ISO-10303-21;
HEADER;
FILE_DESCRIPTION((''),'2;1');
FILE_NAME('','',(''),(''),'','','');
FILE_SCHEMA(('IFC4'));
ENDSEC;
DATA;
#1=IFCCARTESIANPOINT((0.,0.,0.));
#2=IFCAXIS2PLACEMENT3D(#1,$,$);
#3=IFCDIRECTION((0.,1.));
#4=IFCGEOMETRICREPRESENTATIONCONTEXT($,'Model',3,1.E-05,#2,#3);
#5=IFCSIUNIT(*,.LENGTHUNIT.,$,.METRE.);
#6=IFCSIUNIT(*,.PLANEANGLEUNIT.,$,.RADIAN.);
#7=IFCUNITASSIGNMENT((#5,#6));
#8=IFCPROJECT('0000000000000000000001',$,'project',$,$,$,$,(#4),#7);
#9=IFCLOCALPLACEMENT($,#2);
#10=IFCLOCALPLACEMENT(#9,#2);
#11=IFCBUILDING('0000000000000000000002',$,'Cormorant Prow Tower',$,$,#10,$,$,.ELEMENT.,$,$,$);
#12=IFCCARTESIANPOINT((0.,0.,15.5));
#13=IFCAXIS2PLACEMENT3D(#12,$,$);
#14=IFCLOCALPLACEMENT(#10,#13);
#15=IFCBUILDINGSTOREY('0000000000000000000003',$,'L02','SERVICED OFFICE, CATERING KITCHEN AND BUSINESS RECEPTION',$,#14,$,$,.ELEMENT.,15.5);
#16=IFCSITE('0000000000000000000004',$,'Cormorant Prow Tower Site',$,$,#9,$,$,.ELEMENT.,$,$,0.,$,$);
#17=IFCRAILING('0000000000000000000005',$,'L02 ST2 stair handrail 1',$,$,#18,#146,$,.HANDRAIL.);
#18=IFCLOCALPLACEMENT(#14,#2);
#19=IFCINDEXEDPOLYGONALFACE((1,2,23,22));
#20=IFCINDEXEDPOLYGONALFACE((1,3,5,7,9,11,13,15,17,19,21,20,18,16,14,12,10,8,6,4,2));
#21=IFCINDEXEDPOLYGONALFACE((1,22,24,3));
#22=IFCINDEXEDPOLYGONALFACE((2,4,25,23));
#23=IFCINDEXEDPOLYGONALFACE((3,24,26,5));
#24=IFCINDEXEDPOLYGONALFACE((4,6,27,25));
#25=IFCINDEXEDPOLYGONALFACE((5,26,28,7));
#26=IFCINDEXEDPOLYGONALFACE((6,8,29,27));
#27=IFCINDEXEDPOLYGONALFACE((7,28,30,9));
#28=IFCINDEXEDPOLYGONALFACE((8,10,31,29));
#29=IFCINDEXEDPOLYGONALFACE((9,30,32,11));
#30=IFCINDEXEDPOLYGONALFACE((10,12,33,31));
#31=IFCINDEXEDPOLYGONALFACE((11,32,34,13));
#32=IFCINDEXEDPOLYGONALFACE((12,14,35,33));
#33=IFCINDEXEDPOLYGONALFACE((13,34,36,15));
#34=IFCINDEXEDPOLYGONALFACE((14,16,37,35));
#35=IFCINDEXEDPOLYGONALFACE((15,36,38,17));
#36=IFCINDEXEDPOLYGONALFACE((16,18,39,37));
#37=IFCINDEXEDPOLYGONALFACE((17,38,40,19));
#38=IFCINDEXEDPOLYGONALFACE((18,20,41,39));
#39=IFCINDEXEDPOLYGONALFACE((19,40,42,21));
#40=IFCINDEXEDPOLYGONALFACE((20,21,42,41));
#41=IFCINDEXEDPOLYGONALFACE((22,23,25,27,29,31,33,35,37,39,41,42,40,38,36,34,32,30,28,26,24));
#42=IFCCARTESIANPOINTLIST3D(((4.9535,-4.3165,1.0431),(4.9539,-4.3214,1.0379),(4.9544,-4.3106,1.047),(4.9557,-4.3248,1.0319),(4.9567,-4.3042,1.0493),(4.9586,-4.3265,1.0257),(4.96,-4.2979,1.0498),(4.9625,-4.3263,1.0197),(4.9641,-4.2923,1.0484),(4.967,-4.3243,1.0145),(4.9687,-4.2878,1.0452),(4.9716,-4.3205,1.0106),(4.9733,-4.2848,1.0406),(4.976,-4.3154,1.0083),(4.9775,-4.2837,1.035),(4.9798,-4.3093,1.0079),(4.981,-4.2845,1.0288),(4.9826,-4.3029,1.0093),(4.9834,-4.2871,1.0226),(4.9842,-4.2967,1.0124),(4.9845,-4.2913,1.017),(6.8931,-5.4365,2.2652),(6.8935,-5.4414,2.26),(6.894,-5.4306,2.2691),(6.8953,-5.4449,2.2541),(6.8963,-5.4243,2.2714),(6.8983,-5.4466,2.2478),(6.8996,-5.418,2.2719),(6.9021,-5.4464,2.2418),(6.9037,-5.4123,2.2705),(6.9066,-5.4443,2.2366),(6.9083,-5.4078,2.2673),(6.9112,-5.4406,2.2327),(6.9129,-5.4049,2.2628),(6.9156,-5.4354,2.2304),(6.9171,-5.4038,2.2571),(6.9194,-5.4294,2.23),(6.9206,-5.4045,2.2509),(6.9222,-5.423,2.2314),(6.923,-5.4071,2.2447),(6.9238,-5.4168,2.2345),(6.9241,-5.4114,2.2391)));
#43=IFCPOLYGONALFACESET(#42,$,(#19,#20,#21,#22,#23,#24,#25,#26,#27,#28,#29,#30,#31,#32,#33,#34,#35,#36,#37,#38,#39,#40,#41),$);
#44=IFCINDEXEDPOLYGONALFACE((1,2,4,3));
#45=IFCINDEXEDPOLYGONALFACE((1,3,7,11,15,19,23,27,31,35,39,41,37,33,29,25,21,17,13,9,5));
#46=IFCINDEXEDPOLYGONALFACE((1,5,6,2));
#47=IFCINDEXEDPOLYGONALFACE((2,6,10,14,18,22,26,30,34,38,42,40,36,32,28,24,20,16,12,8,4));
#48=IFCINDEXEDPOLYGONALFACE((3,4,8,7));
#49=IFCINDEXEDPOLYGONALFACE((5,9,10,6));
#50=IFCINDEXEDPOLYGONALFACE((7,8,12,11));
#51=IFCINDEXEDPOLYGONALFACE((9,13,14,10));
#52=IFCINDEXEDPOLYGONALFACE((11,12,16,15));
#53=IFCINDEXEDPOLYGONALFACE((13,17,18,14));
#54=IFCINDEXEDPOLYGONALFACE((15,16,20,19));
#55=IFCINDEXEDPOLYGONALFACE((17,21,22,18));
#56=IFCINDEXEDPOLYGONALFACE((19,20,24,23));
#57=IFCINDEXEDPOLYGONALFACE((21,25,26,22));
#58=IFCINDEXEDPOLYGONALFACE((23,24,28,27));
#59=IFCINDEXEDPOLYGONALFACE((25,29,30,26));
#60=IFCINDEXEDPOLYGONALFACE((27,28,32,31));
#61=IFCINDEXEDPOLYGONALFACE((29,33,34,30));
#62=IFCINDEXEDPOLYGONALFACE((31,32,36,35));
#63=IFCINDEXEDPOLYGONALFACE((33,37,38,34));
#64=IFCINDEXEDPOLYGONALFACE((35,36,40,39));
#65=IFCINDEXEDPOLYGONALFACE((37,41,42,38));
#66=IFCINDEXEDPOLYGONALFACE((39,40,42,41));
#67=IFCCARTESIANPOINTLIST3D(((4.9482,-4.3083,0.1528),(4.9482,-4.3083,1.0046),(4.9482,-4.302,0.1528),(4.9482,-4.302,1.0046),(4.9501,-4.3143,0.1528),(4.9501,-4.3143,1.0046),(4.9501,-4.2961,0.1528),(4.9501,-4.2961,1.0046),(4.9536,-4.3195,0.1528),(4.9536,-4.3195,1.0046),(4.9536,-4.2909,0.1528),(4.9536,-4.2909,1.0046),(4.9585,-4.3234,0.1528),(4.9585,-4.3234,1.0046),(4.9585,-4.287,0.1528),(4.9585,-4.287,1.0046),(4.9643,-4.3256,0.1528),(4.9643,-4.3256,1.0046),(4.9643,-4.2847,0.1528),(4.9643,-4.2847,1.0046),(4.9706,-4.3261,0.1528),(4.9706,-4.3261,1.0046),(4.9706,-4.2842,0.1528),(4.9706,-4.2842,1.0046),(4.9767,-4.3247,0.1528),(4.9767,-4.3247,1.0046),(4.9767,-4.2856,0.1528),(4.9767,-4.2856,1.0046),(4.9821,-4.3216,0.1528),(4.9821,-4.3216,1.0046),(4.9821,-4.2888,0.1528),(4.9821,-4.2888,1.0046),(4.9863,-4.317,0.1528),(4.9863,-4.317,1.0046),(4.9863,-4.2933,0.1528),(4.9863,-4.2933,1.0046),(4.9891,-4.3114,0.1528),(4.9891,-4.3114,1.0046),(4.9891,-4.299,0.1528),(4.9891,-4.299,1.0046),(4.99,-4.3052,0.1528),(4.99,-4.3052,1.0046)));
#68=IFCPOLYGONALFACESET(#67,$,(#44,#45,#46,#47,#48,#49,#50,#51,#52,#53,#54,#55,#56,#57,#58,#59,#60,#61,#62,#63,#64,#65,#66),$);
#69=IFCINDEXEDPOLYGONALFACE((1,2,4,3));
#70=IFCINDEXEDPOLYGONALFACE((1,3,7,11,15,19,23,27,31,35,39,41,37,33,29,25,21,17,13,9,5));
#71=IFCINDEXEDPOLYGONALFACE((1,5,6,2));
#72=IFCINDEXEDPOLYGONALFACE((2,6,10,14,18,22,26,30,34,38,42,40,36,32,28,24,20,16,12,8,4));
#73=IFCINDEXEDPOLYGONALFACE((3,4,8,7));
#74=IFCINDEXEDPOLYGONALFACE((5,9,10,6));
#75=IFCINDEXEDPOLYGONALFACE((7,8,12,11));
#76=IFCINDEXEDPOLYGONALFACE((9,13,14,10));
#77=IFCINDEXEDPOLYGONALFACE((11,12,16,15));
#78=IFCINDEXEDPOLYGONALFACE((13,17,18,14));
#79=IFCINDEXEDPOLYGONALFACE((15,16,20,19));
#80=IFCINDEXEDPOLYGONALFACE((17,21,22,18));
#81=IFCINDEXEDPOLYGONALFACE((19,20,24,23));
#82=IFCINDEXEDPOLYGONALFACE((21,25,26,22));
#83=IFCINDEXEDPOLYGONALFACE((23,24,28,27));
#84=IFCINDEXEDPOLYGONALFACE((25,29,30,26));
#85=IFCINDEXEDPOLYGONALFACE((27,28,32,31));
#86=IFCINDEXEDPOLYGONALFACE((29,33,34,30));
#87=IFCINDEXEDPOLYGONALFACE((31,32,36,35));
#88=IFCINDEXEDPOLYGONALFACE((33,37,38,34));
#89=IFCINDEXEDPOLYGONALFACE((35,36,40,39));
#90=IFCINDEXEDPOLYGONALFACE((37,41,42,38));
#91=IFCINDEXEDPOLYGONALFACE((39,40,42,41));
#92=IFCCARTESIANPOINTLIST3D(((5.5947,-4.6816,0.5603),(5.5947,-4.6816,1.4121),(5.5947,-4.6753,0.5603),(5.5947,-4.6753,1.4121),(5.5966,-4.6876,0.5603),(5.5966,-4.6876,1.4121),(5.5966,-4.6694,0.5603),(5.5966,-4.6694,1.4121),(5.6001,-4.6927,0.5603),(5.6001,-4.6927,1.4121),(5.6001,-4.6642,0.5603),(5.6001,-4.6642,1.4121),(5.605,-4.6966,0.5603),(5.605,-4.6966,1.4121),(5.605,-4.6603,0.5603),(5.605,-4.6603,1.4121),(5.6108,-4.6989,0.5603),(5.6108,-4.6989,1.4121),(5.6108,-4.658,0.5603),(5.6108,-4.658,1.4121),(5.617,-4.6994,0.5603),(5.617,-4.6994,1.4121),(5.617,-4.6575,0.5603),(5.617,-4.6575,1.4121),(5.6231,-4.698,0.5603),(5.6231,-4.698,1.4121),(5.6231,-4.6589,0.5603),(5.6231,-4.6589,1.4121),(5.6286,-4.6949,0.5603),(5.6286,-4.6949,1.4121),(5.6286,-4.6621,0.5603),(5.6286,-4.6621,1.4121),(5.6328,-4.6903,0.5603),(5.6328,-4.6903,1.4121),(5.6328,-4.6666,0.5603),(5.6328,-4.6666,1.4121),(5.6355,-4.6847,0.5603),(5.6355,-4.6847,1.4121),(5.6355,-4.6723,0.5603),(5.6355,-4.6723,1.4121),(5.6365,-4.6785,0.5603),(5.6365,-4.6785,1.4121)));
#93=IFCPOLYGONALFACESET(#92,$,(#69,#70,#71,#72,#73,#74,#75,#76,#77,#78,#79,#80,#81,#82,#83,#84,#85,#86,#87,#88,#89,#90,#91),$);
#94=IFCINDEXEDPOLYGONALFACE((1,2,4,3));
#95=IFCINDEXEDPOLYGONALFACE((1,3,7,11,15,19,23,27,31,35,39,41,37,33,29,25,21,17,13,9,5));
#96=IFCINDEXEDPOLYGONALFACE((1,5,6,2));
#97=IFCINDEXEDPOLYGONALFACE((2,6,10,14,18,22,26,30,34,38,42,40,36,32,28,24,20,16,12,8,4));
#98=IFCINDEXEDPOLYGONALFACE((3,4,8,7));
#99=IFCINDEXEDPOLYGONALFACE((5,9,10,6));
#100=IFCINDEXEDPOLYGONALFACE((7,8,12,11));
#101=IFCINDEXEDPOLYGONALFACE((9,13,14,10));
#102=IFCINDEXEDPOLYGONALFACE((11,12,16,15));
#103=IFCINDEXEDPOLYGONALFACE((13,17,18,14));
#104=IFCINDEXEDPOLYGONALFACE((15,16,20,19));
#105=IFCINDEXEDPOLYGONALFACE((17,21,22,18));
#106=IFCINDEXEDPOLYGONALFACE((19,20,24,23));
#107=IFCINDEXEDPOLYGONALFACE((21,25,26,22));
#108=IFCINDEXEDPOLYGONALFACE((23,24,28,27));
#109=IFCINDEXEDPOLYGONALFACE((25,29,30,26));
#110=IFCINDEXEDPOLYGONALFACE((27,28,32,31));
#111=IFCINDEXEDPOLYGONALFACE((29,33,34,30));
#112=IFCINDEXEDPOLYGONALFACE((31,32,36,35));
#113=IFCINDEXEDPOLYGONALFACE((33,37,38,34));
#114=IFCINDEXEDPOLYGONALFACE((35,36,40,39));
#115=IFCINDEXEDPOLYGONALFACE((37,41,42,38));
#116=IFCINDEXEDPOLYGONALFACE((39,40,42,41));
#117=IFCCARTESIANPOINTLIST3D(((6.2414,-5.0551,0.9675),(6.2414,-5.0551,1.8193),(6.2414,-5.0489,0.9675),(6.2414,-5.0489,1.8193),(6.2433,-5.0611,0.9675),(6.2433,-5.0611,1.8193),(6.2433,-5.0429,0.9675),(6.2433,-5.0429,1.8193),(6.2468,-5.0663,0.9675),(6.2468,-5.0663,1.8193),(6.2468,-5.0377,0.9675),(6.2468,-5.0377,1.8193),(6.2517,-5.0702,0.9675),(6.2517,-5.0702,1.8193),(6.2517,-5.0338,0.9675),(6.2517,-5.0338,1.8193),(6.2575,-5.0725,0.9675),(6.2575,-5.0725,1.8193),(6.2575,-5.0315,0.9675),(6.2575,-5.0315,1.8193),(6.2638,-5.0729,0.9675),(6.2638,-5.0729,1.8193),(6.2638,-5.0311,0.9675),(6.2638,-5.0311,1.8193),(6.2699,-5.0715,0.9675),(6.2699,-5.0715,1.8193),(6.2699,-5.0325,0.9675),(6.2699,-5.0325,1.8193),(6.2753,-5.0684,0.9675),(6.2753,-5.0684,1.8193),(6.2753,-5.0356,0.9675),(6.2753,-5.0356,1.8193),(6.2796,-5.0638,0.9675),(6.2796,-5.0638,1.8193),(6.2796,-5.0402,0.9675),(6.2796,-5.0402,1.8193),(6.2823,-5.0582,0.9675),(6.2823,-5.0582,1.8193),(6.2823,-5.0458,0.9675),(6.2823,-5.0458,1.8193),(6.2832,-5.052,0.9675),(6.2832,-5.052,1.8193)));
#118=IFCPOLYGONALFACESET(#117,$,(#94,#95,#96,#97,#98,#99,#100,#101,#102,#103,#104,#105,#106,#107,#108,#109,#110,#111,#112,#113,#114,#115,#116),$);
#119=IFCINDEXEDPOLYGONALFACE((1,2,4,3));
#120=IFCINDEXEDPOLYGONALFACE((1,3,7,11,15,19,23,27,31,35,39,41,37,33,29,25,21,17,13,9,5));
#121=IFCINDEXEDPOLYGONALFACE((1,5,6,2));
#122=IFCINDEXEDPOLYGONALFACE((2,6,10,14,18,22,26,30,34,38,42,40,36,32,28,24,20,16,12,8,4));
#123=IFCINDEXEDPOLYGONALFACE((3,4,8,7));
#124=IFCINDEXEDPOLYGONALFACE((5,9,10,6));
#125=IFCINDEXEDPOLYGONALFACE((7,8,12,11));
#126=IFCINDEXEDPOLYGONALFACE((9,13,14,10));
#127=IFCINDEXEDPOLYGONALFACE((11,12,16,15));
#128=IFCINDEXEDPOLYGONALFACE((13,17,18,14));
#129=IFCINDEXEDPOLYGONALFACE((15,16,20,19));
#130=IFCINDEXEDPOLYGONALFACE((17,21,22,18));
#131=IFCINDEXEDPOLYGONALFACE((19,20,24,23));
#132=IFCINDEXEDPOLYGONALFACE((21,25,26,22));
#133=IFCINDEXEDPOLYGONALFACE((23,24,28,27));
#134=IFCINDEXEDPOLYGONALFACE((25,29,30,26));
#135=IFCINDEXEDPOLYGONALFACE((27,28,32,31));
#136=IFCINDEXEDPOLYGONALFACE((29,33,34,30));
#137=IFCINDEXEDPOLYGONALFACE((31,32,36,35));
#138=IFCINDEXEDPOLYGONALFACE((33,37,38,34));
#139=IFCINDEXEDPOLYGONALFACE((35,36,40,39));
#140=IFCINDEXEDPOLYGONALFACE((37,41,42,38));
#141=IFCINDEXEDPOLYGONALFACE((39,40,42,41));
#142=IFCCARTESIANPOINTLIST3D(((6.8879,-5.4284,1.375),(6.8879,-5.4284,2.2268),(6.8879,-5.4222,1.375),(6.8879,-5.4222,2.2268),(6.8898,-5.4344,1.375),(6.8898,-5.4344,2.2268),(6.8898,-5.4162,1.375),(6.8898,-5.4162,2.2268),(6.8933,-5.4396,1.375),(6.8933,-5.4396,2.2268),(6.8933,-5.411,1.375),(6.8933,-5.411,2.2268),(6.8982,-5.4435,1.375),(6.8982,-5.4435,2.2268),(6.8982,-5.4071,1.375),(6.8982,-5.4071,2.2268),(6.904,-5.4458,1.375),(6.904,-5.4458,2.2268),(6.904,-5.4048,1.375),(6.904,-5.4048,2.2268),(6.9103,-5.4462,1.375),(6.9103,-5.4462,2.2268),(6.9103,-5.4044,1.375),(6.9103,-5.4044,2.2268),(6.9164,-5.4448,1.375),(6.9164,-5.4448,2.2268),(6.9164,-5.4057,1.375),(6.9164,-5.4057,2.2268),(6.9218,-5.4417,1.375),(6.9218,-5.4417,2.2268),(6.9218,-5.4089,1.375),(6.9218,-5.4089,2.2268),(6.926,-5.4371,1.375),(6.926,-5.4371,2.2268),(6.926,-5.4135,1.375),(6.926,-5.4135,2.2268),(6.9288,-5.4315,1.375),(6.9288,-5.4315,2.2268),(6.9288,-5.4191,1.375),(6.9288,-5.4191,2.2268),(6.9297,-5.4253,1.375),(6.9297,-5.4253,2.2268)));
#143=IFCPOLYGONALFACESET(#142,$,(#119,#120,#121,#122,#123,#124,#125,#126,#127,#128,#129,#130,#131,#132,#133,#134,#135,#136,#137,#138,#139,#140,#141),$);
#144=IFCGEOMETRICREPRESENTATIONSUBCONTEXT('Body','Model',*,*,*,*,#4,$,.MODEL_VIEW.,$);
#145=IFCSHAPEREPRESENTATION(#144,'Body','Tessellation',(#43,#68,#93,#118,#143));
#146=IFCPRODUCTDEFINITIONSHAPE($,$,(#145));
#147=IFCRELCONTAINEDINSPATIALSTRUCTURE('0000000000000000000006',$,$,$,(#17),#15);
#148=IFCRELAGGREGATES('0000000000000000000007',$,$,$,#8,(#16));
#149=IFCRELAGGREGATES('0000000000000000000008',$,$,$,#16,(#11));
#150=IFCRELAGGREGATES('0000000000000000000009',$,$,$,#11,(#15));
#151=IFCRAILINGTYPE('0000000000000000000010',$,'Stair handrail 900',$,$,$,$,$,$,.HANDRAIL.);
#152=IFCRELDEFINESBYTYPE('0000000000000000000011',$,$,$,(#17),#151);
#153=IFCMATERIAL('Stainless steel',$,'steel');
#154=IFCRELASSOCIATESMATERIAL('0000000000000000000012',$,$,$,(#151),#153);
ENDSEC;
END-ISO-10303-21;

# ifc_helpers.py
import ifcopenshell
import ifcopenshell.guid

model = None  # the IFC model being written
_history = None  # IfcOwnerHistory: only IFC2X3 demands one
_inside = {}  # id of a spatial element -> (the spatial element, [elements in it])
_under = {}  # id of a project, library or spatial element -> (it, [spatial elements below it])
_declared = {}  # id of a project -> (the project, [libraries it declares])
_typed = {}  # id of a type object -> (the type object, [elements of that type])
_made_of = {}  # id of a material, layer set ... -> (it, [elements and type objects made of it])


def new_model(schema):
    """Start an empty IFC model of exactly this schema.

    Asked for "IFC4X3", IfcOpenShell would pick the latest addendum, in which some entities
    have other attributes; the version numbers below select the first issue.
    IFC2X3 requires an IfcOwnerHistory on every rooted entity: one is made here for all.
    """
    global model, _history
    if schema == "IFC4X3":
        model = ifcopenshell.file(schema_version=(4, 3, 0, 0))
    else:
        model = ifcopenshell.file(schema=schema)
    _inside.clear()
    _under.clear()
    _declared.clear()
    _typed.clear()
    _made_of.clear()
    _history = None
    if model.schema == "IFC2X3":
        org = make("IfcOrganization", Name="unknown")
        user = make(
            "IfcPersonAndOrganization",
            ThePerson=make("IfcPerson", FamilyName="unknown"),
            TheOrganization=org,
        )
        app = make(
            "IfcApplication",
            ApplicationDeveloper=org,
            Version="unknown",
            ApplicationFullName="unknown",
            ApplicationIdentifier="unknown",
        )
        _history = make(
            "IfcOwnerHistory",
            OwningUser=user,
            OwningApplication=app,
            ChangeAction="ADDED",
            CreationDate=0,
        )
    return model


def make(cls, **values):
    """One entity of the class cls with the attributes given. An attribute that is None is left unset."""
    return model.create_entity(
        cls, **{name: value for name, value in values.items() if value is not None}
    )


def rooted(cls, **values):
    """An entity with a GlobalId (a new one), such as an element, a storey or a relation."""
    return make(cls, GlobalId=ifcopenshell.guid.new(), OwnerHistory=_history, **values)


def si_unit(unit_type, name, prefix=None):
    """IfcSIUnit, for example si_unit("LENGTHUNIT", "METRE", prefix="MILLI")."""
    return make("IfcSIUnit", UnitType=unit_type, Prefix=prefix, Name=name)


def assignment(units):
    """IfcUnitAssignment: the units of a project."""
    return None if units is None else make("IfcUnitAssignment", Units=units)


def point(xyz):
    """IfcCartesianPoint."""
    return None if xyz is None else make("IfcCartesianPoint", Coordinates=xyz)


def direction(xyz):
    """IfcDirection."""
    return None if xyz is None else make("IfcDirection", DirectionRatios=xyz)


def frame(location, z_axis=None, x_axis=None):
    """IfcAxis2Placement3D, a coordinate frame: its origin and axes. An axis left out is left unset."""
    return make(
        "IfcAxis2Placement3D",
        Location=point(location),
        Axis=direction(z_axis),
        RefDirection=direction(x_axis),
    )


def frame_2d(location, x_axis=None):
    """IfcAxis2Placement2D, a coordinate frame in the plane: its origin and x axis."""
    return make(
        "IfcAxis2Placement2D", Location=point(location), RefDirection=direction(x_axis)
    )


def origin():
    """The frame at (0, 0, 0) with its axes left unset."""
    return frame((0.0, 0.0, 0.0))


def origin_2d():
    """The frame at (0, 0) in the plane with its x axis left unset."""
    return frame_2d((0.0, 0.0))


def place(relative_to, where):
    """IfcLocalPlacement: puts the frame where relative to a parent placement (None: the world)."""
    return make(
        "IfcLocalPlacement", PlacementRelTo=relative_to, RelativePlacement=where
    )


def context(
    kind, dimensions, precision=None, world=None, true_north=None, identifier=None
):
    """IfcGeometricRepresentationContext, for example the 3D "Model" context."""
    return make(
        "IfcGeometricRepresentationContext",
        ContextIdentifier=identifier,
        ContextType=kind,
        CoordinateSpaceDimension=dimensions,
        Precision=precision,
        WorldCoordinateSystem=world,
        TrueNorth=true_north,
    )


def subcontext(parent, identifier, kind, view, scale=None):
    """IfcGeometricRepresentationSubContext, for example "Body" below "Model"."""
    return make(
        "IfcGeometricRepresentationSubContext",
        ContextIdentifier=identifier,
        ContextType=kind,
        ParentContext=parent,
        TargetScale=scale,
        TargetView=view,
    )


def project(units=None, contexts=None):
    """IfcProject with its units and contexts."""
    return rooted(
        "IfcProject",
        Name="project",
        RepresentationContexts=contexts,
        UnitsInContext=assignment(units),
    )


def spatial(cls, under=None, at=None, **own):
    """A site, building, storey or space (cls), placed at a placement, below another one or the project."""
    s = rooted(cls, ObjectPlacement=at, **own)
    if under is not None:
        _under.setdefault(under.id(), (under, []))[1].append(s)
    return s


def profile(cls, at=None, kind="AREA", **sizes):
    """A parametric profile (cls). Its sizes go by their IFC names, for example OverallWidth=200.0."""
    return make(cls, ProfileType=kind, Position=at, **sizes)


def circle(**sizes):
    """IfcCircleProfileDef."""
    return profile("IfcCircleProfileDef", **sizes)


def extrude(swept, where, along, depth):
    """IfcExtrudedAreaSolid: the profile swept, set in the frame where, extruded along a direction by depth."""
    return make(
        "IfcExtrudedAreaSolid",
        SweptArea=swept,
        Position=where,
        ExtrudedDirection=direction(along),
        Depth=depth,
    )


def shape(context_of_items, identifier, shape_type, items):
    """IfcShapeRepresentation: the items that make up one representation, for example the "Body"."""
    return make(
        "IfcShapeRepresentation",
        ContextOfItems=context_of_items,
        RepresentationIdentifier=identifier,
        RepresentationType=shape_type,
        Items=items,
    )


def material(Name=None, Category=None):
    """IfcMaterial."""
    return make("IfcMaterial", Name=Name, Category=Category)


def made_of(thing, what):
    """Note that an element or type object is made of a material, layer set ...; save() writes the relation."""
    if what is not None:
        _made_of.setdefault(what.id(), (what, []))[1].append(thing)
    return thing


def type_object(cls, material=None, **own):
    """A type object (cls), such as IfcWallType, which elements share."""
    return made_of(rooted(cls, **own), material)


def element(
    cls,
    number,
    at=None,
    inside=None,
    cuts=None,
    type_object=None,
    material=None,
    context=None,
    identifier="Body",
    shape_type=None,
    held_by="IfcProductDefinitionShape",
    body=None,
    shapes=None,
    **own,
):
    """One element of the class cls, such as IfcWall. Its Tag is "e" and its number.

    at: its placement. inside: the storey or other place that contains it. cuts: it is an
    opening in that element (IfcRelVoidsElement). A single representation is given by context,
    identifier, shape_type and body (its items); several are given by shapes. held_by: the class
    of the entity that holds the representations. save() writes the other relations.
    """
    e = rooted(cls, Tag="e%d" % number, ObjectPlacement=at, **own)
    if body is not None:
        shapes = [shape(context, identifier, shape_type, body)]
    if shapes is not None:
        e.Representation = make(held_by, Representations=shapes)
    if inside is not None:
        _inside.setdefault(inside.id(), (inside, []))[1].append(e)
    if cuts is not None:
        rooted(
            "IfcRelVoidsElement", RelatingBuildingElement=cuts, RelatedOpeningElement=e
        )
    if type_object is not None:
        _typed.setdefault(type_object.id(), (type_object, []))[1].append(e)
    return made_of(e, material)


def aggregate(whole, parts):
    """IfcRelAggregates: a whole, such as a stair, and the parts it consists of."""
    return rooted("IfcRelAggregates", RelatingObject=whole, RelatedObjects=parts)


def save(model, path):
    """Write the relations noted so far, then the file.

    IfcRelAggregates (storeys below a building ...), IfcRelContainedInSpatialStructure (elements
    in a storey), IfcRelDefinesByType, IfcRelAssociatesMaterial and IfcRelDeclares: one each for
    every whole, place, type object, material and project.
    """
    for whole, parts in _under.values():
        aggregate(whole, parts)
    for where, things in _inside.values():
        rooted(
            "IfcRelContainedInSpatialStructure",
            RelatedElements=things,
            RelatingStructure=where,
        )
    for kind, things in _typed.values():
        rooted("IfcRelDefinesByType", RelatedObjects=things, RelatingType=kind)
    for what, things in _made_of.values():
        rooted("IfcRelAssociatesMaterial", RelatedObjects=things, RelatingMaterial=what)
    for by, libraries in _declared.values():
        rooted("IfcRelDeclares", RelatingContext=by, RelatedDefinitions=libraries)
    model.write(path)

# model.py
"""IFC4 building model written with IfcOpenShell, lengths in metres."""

from ifc_helpers import new_model, si_unit, direction, frame, origin, origin_2d, place, context, subcontext, project, spatial, circle, extrude, material, type_object, element, save


model = new_model("IFC4")

# Units and contexts
model_context = context("Model", 3, precision=1e-05, world=origin(), true_north=direction((0.0, 1.0)))
body_context = subcontext(model_context, "Body", "Model", "MODEL_VIEW")
ifc_project = project(units=[si_unit("LENGTHUNIT", "METRE"), si_unit("PLANEANGLEUNIT", "RADIAN")], contexts=[model_context])

# Site, building, storey
site_placement = place(None, origin())
site = spatial("IfcSite", under=ifc_project, at=site_placement, Name="Cormorant Prow Tower Site", CompositionType="ELEMENT", RefElevation=0.0)
building_placement = place(site_placement, origin())
building = spatial("IfcBuilding", under=site, at=building_placement, Name="Cormorant Prow Tower", CompositionType="ELEMENT")
storey_placement = place(building_placement, frame((0.0, 0.0, 15.5)))
storey = spatial("IfcBuildingStorey", under=building, at=storey_placement, Name="L02", Description="SERVICED OFFICE, CATERING KITCHEN AND BUSINESS RECEPTION", CompositionType="ELEMENT", Elevation=15.5)

# Railing
ifc_material_1 = material(Name="Stainless steel", Category="steel")
railing_type = type_object("IfcRailingType", Name="Stair handrail 900", PredefinedType="HANDRAIL", material=ifc_material_1)
for number, where, name in (
    (1, (4.969, -4.3052, 0.1528), "L02 ST2 stair handrail 1"),
):
    element("IfcRailing", number, at=place(storey_placement, frame(where)), inside=storey, type_object=railing_type, Name=name, PredefinedType="HANDRAIL", context=body_context, shape_type="SweptSolid", body=[
        extrude(circle(Radius=0.0239, at=origin_2d()), frame((0.0, 0.0, 0.876), z_axis=(0.760182, -0.438982, 0.478977), x_axis=(0.500078, 0.86598, 0.0)), (0.0, 0.0, 1.0), 2.5515),
        extrude(circle(Radius=0.021, at=origin_2d()), origin(), (0.0, 0.0, 1.0), 0.8518),
        extrude(circle(Radius=0.021, at=origin_2d()), frame((0.6465, -0.3733, 0.4075)), (0.0, 0.0, 1.0), 0.8518),
        extrude(circle(Radius=0.021, at=origin_2d()), frame((1.2932, -0.7468, 0.8147)), (0.0, 0.0, 1.0), 0.8518),
        extrude(circle(Radius=0.021, at=origin_2d()), frame((1.9397, -1.1201, 1.2222)), (0.0, 0.0, 1.0), 0.8518),
    ])

save(model, "model.ifc")
